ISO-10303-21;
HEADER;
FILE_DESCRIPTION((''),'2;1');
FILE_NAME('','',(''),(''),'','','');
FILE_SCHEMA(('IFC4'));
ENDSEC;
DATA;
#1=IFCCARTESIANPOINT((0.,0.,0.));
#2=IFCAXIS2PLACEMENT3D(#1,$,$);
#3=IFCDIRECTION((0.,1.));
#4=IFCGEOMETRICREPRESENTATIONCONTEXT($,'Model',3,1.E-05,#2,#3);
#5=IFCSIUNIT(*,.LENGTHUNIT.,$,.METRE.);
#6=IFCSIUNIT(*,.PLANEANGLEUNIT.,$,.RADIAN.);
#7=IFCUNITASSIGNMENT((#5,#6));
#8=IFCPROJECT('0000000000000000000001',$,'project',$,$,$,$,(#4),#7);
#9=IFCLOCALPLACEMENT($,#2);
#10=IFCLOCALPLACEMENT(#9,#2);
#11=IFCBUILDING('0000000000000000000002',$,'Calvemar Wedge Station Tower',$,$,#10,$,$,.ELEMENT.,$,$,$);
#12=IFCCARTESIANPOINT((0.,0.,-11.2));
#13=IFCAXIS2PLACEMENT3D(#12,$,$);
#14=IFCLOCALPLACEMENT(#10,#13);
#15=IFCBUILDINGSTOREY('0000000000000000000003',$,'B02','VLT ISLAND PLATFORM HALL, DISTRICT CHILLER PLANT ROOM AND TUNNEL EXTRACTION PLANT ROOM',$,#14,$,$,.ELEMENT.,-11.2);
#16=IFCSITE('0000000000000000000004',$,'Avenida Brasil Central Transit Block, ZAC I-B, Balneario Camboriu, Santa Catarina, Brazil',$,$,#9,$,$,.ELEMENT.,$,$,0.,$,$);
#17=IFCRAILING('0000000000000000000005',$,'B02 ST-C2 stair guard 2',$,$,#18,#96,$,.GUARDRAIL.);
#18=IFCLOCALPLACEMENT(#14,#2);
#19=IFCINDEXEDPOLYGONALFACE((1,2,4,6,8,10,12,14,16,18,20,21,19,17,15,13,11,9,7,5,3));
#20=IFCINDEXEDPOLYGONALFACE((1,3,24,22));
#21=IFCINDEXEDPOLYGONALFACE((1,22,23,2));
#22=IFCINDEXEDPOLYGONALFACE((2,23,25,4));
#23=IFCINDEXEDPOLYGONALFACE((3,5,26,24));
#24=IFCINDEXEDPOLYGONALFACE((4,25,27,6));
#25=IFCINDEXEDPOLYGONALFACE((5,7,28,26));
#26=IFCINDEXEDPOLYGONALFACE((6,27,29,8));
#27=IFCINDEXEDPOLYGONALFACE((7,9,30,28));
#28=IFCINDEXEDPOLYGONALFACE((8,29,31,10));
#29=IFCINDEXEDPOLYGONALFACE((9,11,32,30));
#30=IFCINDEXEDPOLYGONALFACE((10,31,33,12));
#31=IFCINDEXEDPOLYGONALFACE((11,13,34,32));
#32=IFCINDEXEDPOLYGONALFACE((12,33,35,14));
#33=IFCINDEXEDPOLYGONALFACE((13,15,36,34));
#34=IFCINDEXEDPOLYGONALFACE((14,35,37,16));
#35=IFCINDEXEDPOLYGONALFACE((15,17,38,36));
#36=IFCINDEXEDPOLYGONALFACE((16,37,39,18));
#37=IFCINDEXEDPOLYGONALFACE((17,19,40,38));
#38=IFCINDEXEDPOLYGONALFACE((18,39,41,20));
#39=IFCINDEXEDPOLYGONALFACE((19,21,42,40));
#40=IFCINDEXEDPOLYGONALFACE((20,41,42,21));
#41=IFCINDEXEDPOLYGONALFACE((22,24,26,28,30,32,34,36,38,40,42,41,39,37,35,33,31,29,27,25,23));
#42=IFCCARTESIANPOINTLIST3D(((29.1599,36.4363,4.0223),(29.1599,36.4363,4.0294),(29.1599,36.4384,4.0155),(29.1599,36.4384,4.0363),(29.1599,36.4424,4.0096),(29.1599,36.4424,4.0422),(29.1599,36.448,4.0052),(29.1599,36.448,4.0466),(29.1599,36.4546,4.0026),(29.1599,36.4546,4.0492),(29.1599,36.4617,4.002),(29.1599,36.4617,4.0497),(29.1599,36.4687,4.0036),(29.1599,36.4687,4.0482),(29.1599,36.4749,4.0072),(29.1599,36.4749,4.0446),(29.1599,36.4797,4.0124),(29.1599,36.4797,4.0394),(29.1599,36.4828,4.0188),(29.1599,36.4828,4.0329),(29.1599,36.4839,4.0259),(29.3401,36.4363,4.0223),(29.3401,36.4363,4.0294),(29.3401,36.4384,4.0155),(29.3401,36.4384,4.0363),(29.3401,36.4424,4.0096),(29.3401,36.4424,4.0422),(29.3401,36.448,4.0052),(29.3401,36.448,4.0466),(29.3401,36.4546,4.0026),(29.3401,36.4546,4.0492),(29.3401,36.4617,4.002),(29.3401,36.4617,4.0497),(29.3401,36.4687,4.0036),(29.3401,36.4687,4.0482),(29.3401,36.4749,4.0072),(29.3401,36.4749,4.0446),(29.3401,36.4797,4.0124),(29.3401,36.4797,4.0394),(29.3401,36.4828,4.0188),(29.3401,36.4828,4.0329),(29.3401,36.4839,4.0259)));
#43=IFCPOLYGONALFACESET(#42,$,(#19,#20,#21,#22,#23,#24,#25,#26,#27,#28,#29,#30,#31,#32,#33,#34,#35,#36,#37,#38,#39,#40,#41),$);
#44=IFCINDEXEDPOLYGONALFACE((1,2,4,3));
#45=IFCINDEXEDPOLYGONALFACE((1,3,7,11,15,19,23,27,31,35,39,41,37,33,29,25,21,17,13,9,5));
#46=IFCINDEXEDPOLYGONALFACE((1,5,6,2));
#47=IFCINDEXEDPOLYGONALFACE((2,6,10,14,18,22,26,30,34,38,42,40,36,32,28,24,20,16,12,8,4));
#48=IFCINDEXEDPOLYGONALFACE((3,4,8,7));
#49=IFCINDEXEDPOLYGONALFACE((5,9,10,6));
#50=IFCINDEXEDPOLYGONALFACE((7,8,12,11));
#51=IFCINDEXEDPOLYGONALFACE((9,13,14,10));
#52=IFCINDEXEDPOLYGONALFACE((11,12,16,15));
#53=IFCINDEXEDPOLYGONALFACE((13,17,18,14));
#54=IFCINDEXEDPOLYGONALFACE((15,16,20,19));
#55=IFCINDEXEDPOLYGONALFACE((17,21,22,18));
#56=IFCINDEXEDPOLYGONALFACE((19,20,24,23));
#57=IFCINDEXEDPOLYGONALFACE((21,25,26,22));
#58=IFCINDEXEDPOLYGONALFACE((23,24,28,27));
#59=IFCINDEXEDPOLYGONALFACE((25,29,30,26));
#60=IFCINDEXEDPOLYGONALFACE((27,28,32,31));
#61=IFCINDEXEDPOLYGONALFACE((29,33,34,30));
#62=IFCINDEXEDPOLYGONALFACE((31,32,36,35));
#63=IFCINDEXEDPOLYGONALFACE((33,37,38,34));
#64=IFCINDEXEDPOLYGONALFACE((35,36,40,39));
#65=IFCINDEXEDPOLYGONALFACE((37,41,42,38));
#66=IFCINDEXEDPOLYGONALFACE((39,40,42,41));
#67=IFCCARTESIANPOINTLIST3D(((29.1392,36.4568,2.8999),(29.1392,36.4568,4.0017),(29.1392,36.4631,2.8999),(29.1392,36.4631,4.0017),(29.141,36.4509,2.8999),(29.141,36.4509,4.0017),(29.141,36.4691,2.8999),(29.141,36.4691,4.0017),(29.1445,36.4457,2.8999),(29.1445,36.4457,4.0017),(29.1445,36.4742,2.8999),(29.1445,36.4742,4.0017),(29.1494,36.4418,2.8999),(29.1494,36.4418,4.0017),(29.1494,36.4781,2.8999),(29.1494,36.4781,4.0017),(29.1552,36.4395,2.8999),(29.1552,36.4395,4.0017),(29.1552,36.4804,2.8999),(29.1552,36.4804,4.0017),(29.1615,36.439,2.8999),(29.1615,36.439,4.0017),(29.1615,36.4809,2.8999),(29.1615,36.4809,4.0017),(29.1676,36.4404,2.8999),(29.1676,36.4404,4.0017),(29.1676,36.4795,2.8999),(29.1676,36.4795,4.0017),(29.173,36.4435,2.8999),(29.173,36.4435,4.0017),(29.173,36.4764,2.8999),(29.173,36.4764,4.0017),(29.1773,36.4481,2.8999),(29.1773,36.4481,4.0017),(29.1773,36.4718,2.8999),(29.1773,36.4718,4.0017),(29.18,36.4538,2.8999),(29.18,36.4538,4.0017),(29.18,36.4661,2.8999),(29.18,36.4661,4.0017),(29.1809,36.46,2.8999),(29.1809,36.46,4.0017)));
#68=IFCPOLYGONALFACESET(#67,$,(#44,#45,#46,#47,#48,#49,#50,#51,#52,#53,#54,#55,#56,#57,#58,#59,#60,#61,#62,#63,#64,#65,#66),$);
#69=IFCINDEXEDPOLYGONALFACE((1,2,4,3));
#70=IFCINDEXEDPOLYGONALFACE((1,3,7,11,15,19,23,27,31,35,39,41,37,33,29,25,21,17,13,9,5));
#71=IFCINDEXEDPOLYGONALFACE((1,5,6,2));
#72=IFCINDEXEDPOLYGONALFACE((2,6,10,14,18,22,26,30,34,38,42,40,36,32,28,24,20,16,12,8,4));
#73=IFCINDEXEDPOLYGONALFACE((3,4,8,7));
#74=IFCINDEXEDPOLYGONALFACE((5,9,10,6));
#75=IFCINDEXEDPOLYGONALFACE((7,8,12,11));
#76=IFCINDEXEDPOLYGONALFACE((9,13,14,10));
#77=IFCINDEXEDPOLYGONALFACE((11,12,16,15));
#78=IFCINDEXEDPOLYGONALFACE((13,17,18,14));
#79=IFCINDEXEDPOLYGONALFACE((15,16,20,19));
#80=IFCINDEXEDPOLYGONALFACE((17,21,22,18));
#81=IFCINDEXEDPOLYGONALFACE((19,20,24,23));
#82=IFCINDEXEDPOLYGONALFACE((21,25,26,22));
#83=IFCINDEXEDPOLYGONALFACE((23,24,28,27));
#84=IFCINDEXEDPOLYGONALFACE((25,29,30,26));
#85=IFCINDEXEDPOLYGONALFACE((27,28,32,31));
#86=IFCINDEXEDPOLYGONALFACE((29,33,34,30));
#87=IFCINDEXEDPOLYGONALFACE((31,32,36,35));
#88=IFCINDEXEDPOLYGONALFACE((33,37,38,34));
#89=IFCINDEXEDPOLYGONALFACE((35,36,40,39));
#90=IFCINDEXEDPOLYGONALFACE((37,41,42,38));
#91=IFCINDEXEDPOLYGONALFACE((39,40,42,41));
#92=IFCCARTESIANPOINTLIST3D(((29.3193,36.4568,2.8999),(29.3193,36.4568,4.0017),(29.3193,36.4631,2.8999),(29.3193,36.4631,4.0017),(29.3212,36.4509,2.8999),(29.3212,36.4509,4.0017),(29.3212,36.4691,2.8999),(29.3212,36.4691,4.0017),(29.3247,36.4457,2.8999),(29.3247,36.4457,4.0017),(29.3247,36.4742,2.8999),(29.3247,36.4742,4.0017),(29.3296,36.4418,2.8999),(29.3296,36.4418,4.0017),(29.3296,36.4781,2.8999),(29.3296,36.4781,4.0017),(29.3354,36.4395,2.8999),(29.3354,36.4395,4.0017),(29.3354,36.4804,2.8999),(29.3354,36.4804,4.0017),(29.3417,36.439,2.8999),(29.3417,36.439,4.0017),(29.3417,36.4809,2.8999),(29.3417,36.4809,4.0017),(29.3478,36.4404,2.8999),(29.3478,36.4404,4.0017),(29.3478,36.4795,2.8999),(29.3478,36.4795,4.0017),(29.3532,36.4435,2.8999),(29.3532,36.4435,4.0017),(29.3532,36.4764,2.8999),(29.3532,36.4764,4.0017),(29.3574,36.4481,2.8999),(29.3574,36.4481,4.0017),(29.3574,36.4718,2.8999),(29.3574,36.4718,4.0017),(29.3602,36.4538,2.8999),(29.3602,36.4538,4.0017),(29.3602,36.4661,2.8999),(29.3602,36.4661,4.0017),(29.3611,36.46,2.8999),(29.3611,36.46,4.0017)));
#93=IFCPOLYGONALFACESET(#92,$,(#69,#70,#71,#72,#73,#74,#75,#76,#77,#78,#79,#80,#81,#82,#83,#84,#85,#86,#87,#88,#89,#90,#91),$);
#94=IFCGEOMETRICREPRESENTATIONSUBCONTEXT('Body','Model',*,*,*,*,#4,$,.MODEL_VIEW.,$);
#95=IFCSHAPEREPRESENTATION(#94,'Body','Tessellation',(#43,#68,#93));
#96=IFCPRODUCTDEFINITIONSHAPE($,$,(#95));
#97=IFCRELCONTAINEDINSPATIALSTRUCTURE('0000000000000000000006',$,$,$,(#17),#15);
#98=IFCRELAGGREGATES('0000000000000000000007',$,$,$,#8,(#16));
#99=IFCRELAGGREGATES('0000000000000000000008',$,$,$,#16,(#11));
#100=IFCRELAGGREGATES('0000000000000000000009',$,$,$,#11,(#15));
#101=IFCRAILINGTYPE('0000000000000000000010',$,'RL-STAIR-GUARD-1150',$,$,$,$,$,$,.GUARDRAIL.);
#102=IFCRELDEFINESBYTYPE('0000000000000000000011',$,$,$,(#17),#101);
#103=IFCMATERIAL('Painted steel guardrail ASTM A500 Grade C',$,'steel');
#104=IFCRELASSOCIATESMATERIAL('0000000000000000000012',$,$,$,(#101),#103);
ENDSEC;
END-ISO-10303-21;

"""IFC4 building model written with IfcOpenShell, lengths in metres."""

from ifc_helpers import new_model, si_unit, direction, frame, origin, origin_2d, place, context, subcontext, project, spatial, circle, extrude, material, type_object, element, save


model = new_model("IFC4")

# Units and contexts
model_context = context("Model", 3, precision=1e-05, world=origin(), true_north=direction((0.0, 1.0)))
body_context = subcontext(model_context, "Body", "Model", "MODEL_VIEW")
ifc_project = project(units=[si_unit("LENGTHUNIT", "METRE"), si_unit("PLANEANGLEUNIT", "RADIAN")], contexts=[model_context])

# Site, building, storey
site_placement = place(None, origin())
site = spatial("IfcSite", under=ifc_project, at=site_placement, Name="Avenida Brasil Central Transit Block, ZAC I-B, Balneario Camboriu, Santa Catarina, Brazil", CompositionType="ELEMENT", RefElevation=0.0)
building_placement = place(site_placement, origin())
building = spatial("IfcBuilding", under=site, at=building_placement, Name="Calvemar Wedge Station Tower", CompositionType="ELEMENT")
storey_placement = place(building_placement, frame((0.0, 0.0, -11.2)))
storey = spatial("IfcBuildingStorey", under=building, at=storey_placement, Name="B02", Description="VLT ISLAND PLATFORM HALL, DISTRICT CHILLER PLANT ROOM AND TUNNEL EXTRACTION PLANT ROOM", CompositionType="ELEMENT", Elevation=-11.2)

# Railing
ifc_material_1 = material(Name="Painted steel guardrail ASTM A500 Grade C", Category="steel")
railing_type = type_object("IfcRailingType", Name="RL-STAIR-GUARD-1150", PredefinedType="GUARDRAIL", material=ifc_material_1)
railing_1_placement = place(storey_placement, frame((29.1599, 36.46, 2.8999)))
element("IfcRailing", 1, at=railing_1_placement, inside=storey, type_object=railing_type, Name="B02 ST-C2 stair guard 2", PredefinedType="GUARDRAIL", context=body_context, shape_type="SweptSolid", body=[
    extrude(circle(Radius=0.0239, at=origin_2d()), frame((0.0, 0.0, 1.126), z_axis=(1.0, 0.0, 0.0), x_axis=(0.0, 1.0, 0.0)), (0.0, 0.0, 1.0), 0.1802),
    extrude(circle(Radius=0.021, at=origin_2d()), origin(), (0.0, 0.0, 1.0), 1.1018),
    extrude(circle(Radius=0.021, at=origin_2d()), frame((0.1802, 0.0, 0.0)), (0.0, 0.0, 1.0), 1.1018),
])

save(model, "model.ifc")
